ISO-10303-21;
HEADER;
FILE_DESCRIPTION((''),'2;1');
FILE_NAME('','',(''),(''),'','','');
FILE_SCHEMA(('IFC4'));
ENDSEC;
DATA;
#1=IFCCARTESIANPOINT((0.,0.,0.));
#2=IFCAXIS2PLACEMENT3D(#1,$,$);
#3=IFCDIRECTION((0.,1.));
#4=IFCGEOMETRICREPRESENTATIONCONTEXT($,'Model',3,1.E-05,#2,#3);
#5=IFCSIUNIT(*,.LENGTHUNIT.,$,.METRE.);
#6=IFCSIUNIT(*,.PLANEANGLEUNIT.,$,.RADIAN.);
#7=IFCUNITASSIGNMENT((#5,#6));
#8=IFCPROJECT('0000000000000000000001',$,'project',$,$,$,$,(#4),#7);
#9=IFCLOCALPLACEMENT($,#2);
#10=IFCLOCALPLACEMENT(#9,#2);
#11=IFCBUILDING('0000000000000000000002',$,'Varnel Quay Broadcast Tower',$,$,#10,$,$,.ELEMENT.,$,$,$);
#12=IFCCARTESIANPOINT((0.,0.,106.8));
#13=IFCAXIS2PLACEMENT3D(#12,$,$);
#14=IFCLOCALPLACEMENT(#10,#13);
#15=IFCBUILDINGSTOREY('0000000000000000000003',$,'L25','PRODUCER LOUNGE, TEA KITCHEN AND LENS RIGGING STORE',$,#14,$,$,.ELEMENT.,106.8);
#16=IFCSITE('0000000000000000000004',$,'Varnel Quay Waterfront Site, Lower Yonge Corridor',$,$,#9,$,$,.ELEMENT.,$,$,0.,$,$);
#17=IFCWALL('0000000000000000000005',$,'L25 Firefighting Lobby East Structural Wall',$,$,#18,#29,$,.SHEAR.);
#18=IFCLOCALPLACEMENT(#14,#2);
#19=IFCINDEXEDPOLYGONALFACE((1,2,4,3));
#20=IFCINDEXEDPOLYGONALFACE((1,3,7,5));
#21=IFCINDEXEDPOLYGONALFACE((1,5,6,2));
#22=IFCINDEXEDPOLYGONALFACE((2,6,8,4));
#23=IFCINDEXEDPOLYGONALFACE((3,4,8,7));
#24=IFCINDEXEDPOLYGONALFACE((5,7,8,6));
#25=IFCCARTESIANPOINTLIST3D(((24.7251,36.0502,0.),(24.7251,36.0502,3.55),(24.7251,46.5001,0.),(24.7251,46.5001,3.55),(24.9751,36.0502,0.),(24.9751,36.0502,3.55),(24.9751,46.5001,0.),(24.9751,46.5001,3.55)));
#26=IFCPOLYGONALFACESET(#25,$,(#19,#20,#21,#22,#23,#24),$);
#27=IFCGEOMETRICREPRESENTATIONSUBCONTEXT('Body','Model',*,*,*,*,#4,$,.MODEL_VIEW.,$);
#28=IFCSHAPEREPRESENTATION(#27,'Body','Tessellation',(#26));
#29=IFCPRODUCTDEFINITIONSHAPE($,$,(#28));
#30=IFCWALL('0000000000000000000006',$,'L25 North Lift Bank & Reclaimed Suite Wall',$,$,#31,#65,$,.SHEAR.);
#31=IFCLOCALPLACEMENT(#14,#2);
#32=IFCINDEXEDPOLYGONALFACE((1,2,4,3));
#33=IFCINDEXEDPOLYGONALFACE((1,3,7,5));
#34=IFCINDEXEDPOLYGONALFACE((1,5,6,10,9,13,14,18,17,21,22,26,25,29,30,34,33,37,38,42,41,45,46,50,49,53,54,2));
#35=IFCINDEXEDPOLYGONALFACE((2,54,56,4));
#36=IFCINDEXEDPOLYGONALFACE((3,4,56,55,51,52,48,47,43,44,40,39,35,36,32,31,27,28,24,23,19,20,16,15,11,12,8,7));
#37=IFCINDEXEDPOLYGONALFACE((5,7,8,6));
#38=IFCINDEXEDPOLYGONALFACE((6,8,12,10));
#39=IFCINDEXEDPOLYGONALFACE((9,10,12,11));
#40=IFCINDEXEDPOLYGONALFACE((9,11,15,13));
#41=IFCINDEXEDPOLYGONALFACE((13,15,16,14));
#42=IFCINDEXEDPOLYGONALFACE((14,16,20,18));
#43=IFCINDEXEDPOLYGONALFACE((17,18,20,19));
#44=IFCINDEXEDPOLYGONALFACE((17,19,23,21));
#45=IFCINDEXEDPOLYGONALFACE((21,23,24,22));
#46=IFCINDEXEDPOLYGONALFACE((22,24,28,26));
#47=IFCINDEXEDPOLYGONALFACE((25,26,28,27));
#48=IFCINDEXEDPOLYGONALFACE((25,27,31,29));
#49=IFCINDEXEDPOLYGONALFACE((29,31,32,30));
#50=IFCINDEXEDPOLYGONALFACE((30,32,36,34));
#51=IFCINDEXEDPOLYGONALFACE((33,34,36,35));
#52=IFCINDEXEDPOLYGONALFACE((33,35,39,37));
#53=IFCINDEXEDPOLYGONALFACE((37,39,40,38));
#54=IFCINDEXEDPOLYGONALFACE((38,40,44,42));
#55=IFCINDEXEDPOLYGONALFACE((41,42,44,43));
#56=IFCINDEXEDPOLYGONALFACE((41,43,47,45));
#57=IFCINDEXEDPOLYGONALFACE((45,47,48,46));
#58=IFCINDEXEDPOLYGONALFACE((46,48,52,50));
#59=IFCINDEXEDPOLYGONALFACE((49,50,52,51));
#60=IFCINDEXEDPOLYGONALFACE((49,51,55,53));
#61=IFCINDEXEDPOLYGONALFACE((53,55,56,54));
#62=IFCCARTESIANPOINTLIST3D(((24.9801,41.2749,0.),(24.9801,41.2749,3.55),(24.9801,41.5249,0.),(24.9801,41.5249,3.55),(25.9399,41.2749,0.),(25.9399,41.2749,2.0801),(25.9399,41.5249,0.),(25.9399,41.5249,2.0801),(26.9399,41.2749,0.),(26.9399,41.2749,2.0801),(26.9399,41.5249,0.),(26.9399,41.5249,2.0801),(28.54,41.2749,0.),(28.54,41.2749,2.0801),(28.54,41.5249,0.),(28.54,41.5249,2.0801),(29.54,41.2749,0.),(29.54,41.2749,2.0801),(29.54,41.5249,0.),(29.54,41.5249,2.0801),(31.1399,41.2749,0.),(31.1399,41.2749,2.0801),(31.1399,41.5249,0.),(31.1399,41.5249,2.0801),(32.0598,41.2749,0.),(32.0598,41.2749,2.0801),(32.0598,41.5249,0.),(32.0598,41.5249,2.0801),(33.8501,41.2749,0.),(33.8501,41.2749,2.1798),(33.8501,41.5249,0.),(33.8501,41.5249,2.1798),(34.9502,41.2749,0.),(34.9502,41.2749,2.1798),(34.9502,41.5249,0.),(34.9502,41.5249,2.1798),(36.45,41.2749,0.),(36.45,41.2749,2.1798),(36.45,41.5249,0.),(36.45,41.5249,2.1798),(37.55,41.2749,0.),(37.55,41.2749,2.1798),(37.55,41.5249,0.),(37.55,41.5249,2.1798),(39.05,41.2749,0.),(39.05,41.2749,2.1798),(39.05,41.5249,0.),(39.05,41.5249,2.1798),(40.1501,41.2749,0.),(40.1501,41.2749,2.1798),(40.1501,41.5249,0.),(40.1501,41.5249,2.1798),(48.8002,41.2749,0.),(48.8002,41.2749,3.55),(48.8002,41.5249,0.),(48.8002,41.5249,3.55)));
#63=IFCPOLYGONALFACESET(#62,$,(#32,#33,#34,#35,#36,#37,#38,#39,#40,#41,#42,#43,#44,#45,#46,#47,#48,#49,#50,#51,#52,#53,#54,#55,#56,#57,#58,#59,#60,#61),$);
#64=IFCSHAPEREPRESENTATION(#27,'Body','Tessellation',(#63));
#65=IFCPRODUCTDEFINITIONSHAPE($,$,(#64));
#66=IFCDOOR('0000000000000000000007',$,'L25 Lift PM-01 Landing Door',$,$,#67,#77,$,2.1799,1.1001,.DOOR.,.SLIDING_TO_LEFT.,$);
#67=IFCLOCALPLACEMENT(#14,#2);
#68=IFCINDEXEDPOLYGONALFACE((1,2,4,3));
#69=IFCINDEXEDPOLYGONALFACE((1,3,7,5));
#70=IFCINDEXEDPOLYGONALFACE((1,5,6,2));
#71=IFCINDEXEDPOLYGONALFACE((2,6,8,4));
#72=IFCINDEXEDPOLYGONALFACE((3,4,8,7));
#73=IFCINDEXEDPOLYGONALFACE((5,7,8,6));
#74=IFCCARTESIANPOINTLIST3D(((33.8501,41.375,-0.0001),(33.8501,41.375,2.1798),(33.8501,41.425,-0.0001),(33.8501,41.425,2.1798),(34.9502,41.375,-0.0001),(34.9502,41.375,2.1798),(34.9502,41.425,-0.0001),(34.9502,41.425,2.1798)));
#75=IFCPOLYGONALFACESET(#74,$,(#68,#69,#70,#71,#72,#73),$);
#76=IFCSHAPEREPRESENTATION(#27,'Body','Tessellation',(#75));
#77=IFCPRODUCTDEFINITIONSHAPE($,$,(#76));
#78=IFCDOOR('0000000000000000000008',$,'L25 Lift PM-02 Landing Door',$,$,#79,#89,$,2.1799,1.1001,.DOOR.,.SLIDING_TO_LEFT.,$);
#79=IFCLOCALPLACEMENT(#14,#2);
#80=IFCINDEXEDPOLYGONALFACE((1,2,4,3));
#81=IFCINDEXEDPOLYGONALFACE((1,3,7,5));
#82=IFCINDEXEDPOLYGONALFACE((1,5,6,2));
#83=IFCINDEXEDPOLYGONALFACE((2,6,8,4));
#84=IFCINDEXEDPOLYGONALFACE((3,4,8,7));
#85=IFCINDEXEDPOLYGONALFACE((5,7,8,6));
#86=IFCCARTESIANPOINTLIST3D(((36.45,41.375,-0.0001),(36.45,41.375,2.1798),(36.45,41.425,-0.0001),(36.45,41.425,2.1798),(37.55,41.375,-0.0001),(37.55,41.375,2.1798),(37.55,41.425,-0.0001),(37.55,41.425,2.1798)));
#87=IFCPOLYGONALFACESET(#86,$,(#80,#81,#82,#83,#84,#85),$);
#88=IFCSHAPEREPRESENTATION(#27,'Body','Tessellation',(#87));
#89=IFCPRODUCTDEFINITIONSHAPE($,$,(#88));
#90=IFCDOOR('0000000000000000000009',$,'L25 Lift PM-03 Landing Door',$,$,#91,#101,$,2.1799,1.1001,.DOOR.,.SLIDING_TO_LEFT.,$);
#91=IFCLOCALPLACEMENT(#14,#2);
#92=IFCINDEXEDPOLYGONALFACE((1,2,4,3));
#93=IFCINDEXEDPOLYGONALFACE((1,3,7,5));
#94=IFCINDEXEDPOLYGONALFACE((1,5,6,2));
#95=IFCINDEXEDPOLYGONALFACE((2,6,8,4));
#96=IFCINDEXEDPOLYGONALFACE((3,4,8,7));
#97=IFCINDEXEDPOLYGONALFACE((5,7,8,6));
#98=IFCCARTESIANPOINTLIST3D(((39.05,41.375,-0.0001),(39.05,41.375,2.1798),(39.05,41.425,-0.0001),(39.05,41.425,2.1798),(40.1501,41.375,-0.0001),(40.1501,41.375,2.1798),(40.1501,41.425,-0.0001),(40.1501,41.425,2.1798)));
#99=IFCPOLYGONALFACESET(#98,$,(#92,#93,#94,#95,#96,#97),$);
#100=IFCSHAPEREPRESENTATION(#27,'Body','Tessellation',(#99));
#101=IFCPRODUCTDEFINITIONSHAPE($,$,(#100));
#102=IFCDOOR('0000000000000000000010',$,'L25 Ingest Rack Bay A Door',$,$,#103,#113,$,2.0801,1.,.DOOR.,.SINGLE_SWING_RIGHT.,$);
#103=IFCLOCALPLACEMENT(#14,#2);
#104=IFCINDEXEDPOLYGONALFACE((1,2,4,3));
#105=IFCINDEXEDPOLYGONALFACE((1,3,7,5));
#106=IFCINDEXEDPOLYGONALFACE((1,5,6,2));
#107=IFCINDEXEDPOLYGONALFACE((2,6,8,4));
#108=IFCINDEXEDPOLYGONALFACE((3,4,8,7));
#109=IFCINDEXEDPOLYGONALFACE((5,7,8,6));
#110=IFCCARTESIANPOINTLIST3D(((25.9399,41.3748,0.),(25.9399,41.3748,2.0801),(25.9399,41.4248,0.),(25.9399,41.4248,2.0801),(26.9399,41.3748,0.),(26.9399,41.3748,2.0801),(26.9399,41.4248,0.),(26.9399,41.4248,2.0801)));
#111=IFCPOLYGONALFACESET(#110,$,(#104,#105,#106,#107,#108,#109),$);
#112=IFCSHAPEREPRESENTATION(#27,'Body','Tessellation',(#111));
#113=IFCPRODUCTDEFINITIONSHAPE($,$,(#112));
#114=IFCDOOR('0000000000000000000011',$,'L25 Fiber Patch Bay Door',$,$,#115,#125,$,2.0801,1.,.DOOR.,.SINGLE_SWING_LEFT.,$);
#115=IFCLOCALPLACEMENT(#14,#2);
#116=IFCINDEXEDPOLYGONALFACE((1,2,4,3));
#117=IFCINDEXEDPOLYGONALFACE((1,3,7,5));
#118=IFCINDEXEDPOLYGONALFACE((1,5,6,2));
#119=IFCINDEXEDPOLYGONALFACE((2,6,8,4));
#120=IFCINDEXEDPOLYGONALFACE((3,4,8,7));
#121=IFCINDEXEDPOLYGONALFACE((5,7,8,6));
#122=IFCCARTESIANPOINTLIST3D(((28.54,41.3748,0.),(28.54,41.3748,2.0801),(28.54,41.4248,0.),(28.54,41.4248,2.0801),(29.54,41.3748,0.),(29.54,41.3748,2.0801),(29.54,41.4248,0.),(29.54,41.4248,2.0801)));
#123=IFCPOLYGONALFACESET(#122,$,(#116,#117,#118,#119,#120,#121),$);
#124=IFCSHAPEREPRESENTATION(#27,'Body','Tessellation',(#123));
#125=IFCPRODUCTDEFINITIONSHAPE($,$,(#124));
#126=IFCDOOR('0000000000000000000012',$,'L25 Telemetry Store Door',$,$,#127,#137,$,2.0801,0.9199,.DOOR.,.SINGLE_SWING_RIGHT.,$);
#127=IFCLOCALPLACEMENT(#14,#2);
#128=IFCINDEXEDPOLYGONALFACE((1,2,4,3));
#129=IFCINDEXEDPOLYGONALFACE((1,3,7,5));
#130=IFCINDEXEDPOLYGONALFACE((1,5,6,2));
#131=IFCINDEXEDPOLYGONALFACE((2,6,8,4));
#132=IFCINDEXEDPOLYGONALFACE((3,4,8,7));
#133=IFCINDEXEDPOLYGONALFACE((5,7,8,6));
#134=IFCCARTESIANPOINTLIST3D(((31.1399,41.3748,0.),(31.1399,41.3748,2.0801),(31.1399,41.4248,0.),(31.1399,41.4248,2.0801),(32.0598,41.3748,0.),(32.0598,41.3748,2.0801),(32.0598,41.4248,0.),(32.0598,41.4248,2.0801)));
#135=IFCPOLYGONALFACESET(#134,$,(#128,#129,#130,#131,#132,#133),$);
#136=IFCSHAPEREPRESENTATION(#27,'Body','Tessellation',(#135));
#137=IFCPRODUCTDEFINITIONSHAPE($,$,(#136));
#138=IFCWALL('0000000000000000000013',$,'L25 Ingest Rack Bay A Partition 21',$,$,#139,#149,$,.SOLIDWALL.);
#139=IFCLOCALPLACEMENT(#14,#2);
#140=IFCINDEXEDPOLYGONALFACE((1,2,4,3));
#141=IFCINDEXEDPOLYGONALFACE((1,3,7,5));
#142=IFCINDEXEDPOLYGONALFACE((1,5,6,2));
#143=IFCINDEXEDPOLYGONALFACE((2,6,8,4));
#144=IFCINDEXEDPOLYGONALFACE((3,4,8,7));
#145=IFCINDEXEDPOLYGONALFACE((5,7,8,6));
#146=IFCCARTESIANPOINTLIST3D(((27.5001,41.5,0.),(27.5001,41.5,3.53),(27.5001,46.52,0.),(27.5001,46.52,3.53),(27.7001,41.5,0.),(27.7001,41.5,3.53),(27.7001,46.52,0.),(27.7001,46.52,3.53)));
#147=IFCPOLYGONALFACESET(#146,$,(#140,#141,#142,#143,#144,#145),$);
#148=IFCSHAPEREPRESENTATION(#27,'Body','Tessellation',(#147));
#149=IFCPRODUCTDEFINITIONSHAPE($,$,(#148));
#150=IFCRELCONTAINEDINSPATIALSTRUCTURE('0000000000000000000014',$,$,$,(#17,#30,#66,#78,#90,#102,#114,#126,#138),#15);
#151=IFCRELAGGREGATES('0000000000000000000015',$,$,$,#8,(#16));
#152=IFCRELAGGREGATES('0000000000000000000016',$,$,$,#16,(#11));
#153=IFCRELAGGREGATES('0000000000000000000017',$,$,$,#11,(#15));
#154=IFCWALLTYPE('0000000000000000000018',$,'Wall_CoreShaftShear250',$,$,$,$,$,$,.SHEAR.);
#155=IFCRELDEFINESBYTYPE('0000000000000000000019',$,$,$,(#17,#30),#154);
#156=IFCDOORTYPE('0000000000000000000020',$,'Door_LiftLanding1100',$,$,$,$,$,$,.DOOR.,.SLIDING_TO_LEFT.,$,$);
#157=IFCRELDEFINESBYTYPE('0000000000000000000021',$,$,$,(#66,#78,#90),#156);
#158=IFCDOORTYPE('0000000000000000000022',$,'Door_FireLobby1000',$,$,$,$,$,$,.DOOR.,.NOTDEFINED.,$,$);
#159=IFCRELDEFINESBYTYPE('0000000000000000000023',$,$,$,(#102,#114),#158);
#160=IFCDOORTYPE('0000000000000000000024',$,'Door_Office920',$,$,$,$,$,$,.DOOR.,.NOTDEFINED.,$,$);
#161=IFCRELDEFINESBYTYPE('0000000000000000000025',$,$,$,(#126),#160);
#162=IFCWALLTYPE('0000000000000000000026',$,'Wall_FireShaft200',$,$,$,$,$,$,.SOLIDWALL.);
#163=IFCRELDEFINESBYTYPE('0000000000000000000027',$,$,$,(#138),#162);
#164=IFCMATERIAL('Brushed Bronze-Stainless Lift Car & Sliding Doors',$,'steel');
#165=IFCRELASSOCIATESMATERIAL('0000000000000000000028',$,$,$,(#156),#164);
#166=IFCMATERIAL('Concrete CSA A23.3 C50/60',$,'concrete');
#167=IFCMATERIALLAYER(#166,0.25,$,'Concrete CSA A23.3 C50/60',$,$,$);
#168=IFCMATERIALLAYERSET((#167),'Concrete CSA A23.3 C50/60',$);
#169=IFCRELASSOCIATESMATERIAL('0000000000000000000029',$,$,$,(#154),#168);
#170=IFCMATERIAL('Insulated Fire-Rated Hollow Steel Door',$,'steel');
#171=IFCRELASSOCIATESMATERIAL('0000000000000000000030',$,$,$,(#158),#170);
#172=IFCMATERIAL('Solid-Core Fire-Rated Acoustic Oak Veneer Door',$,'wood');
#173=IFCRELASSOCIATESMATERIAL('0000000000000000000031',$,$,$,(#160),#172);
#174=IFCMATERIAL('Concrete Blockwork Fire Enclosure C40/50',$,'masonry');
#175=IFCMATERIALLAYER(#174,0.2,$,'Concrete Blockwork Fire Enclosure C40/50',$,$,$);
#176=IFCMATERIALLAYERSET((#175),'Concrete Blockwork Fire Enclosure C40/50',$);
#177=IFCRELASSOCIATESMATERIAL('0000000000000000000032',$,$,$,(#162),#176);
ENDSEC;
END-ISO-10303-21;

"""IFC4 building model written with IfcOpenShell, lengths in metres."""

from ifc_helpers import new_model, si_unit, direction, frame, frame_2d, origin, place, context, subcontext, project, spatial, rectangle, extrude, source, transform, mapped, material, layer, layer_set, type_object, type_shapes, element, fill, save


model = new_model("IFC4")

# Units and contexts
model_context = context("Model", 3, precision=1e-05, world=origin(), true_north=direction((0.0, 1.0)))
body_context = subcontext(model_context, "Body", "Model", "MODEL_VIEW")
ifc_project = project(units=[si_unit("LENGTHUNIT", "METRE"), si_unit("PLANEANGLEUNIT", "RADIAN")], contexts=[model_context])

# Site, building, storey
site_placement = place(None, origin())
site = spatial("IfcSite", under=ifc_project, at=site_placement, Name="Varnel Quay Waterfront Site, Lower Yonge Corridor", CompositionType="ELEMENT", RefElevation=0.0)
building_placement = place(site_placement, origin())
building = spatial("IfcBuilding", under=site, at=building_placement, Name="Varnel Quay Broadcast Tower", CompositionType="ELEMENT")
storey_placement = place(building_placement, frame((0.0, 0.0, 106.8)))
storey = spatial("IfcBuildingStorey", under=building, at=storey_placement, Name="L25", Description="PRODUCER LOUNGE, TEA KITCHEN AND LENS RIGGING STORE", CompositionType="ELEMENT", Elevation=106.8)

# Shared definitions
ifc_material_1 = material(Name="Concrete CSA A23.3 C50/60", Category="concrete")
ifc_material_2 = material(Name="Insulated Fire-Rated Hollow Steel Door", Category="steel")

# Shared definitions
ifc_material_3 = material(Name="Brushed Bronze-Stainless Lift Car & Sliding Doors", Category="steel")
door_type_1 = type_object("IfcDoorType", Name="Door_LiftLanding1100", OperationType="SLIDING_TO_LEFT", PredefinedType="DOOR", material=ifc_material_3)
shared_shape_1 = source(origin(), body_context, "Body", "SweptSolid", [
    extrude(rectangle(XDim=1.1001, YDim=2.1799, at=frame_2d((0.55, 1.0898))), frame((0.0, 0.0249, 0.0), z_axis=(0.0, -1.0, 0.0), x_axis=(1.0, 0.0, 0.0)), (0.0, 0.0, 1.0), 0.05),
])
type_shapes(door_type_1, [shared_shape_1])

# Wall
ifc_layer_1 = layer(ifc_material_1, 0.25, Name="Concrete CSA A23.3 C50/60")
ifc_layer_set_1 = layer_set([ifc_layer_1], Name="Concrete CSA A23.3 C50/60")
wall_type_1 = type_object("IfcWallType", Name="Wall_CoreShaftShear250", PredefinedType="SHEAR", material=ifc_layer_set_1)
wall_1_placement = place(storey_placement, frame((24.8501, 36.05, 0.0), z_axis=(0.0, 0.0, 1.0), x_axis=(0.0, 1.0, 0.0)))
element("IfcWall", 1, at=wall_1_placement, inside=storey, type_object=wall_type_1, Name="L25 Firefighting Lobby East Structural Wall", PredefinedType="SHEAR", context=body_context, shape_type="SweptSolid", body=[
    extrude(rectangle(XDim=10.45, YDim=0.25, at=frame_2d((5.2251, 0.0))), origin(), (0.0, 0.0, 1.0), 3.55),
])

# Wall, openings, doors
wall_2_placement = place(storey_placement, frame((24.98, 41.3999, 0.0), z_axis=(0.0, 0.0, 1.0), x_axis=(1.0, 0.0, 0.0)))
wall_2 = element("IfcWall", 2, at=wall_2_placement, inside=storey, type_object=wall_type_1, Name="L25 North Lift Bank & Reclaimed Suite Wall", PredefinedType="SHEAR", context=body_context, shape_type="SweptSolid", body=[
    extrude(rectangle(XDim=23.8201, YDim=0.25, at=frame_2d((11.9102, 0.0))), origin(), (0.0, 0.0, 1.0), 3.55),
])
opening_1_placement = place(wall_2_placement, frame((8.8701, 0.0, 0.0)))
opening_1 = element("IfcOpeningElement", 3, at=opening_1_placement, cuts=wall_2, PredefinedType="OPENING", context=body_context, shape_type="SweptSolid", body=[
    extrude(rectangle(XDim=1.1001, YDim=2.1799, at=frame_2d((0.55, 1.0898))), frame((0.0, 0.135, 0.0), z_axis=(0.0, -1.0, 0.0), x_axis=(1.0, 0.0, 0.0)), (0.0, 0.0, 1.0), 0.27),
])
opening_2_placement = place(wall_2_placement, frame((11.47, 0.0, 0.0)))
opening_2 = element("IfcOpeningElement", 4, at=opening_2_placement, cuts=wall_2, PredefinedType="OPENING", context=body_context, shape_type="SweptSolid", body=[
    extrude(rectangle(XDim=1.1001, YDim=2.1799, at=frame_2d((0.55, 1.0898))), frame((0.0, 0.135, 0.0), z_axis=(0.0, -1.0, 0.0), x_axis=(1.0, 0.0, 0.0)), (0.0, 0.0, 1.0), 0.27),
])
opening_3_placement = place(wall_2_placement, frame((14.0701, 0.0, 0.0)))
opening_3 = element("IfcOpeningElement", 5, at=opening_3_placement, cuts=wall_2, PredefinedType="OPENING", context=body_context, shape_type="SweptSolid", body=[
    extrude(rectangle(XDim=1.1001, YDim=2.1799, at=frame_2d((0.55, 1.0898))), frame((0.0, 0.135, 0.0), z_axis=(0.0, -1.0, 0.0), x_axis=(1.0, 0.0, 0.0)), (0.0, 0.0, 1.0), 0.27),
])
opening_4_placement = place(wall_2_placement, frame((0.96, 0.0, 0.0)))
opening_4 = element("IfcOpeningElement", 6, at=opening_4_placement, cuts=wall_2, PredefinedType="OPENING", context=body_context, shape_type="SweptSolid", body=[
    extrude(rectangle(XDim=1.0, YDim=2.0801, at=frame_2d((0.5, 1.04))), frame((0.0, 0.135, 0.0), z_axis=(0.0, -1.0, 0.0), x_axis=(1.0, 0.0, 0.0)), (0.0, 0.0, 1.0), 0.27),
])
opening_5_placement = place(wall_2_placement, frame((3.5601, 0.0, 0.0)))
opening_5 = element("IfcOpeningElement", 7, at=opening_5_placement, cuts=wall_2, PredefinedType="OPENING", context=body_context, shape_type="SweptSolid", body=[
    extrude(rectangle(XDim=1.0, YDim=2.0801, at=frame_2d((0.5, 1.04))), frame((0.0, 0.135, 0.0), z_axis=(0.0, -1.0, 0.0), x_axis=(1.0, 0.0, 0.0)), (0.0, 0.0, 1.0), 0.27),
])
opening_6_placement = place(wall_2_placement, frame((6.1599, 0.0, 0.0)))
opening_6 = element("IfcOpeningElement", 8, at=opening_6_placement, cuts=wall_2, PredefinedType="OPENING", context=body_context, shape_type="SweptSolid", body=[
    extrude(rectangle(XDim=0.9199, YDim=2.0801, at=frame_2d((0.46, 1.04))), frame((0.0, 0.135, 0.0), z_axis=(0.0, -1.0, 0.0), x_axis=(1.0, 0.0, 0.0)), (0.0, 0.0, 1.0), 0.27),
])
door_1_placement = place(opening_1_placement, frame((1.1001, 0.0, 0.0), z_axis=(0.0, 0.0, 1.0), x_axis=(-1.0, 0.0, 0.0)))
door_1 = element("IfcDoor", 9, at=door_1_placement, inside=storey, type_object=door_type_1, Name="L25 Lift PM-01 Landing Door", OperationType="SLIDING_TO_LEFT", OverallHeight=2.1799, OverallWidth=1.1001, PredefinedType="DOOR", context=body_context, shape_type="MappedRepresentation", body=[
    mapped(shared_shape_1, transform((0.0, 0.0, 0.0), x_axis=(1.0, 0.0, 0.0), y_axis=(0.0, 1.0, 0.0), z_axis=(0.0, 0.0, 1.0), scale=1.0)),
])
fill(opening_1, door_1)
door_2_placement = place(opening_2_placement, frame((1.1001, 0.0, 0.0), z_axis=(0.0, 0.0, 1.0), x_axis=(-1.0, 0.0, 0.0)))
door_2 = element("IfcDoor", 10, at=door_2_placement, inside=storey, type_object=door_type_1, Name="L25 Lift PM-02 Landing Door", OperationType="SLIDING_TO_LEFT", OverallHeight=2.1799, OverallWidth=1.1001, PredefinedType="DOOR", context=body_context, shape_type="MappedRepresentation", body=[
    mapped(shared_shape_1, transform((0.0, 0.0, 0.0), x_axis=(1.0, 0.0, 0.0), y_axis=(0.0, 1.0, 0.0), z_axis=(0.0, 0.0, 1.0), scale=1.0)),
])
fill(opening_2, door_2)
door_3_placement = place(opening_3_placement, frame((1.1001, 0.0, 0.0), z_axis=(0.0, 0.0, 1.0), x_axis=(-1.0, 0.0, 0.0)))
door_3 = element("IfcDoor", 11, at=door_3_placement, inside=storey, type_object=door_type_1, Name="L25 Lift PM-03 Landing Door", OperationType="SLIDING_TO_LEFT", OverallHeight=2.1799, OverallWidth=1.1001, PredefinedType="DOOR", context=body_context, shape_type="MappedRepresentation", body=[
    mapped(shared_shape_1, transform((0.0, 0.0, 0.0), x_axis=(1.0, 0.0, 0.0), y_axis=(0.0, 1.0, 0.0), z_axis=(0.0, 0.0, 1.0), scale=1.0)),
])
fill(opening_3, door_3)
door_type_2 = type_object("IfcDoorType", Name="Door_FireLobby1000", OperationType="NOTDEFINED", PredefinedType="DOOR", material=ifc_material_2)
shared_shape_2 = source(origin(), body_context, "Body", "SweptSolid", [
    extrude(rectangle(XDim=1.0, YDim=2.0801, at=frame_2d((0.5, 1.04))), frame((0.0, 0.0249, 0.0), z_axis=(0.0, -1.0, 0.0), x_axis=(1.0, 0.0, 0.0)), (0.0, 0.0, 1.0), 0.05),
])
type_shapes(door_type_2, [shared_shape_2])
door_4_placement = place(opening_4_placement, origin())
door_4 = element("IfcDoor", 12, at=door_4_placement, inside=storey, type_object=door_type_2, Name="L25 Ingest Rack Bay A Door", OperationType="SINGLE_SWING_RIGHT", OverallHeight=2.0801, OverallWidth=1.0, PredefinedType="DOOR", context=body_context, shape_type="MappedRepresentation", body=[
    mapped(shared_shape_2, transform((0.0, 0.0, 0.0), x_axis=(1.0, 0.0, 0.0), y_axis=(0.0, 1.0, 0.0), z_axis=(0.0, 0.0, 1.0), scale=1.0)),
])
fill(opening_4, door_4)
door_5_placement = place(opening_5_placement, origin())
door_5 = element("IfcDoor", 13, at=door_5_placement, inside=storey, type_object=door_type_2, Name="L25 Fiber Patch Bay Door", OperationType="SINGLE_SWING_LEFT", OverallHeight=2.0801, OverallWidth=1.0, PredefinedType="DOOR", context=body_context, shape_type="MappedRepresentation", body=[
    mapped(shared_shape_2, transform((0.0, 0.0, 0.0), x_axis=(1.0, 0.0, 0.0), y_axis=(0.0, 1.0, 0.0), z_axis=(0.0, 0.0, 1.0), scale=1.0)),
])
fill(opening_5, door_5)
ifc_material_4 = material(Name="Solid-Core Fire-Rated Acoustic Oak Veneer Door", Category="wood")
door_type_3 = type_object("IfcDoorType", Name="Door_Office920", OperationType="NOTDEFINED", PredefinedType="DOOR", material=ifc_material_4)
shared_shape_3 = source(origin(), body_context, "Body", "SweptSolid", [
    extrude(rectangle(XDim=0.9199, YDim=2.0801, at=frame_2d((0.46, 1.04))), frame((0.0, 0.0249, 0.0), z_axis=(0.0, -1.0, 0.0), x_axis=(1.0, 0.0, 0.0)), (0.0, 0.0, 1.0), 0.05),
])
type_shapes(door_type_3, [shared_shape_3])
door_6_placement = place(opening_6_placement, origin())
door_6 = element("IfcDoor", 14, at=door_6_placement, inside=storey, type_object=door_type_3, Name="L25 Telemetry Store Door", OperationType="SINGLE_SWING_RIGHT", OverallHeight=2.0801, OverallWidth=0.9199, PredefinedType="DOOR", context=body_context, shape_type="MappedRepresentation", body=[
    mapped(shared_shape_3, transform((0.0, 0.0, 0.0), x_axis=(1.0, 0.0, 0.0), y_axis=(0.0, 1.0, 0.0), z_axis=(0.0, 0.0, 1.0), scale=1.0)),
])
fill(opening_6, door_6)

# Wall
ifc_material_5 = material(Name="Concrete Blockwork Fire Enclosure C40/50", Category="masonry")
ifc_layer_2 = layer(ifc_material_5, 0.2, Name="Concrete Blockwork Fire Enclosure C40/50")
ifc_layer_set_2 = layer_set([ifc_layer_2], Name="Concrete Blockwork Fire Enclosure C40/50")
wall_type_2 = type_object("IfcWallType", Name="Wall_FireShaft200", PredefinedType="SOLIDWALL", material=ifc_layer_set_2)
wall_3_placement = place(storey_placement, frame((27.6001, 41.5, 0.0), z_axis=(0.0, 0.0, 1.0), x_axis=(0.0, 1.0, 0.0)))
element("IfcWall", 15, at=wall_3_placement, inside=storey, type_object=wall_type_2, Name="L25 Ingest Rack Bay A Partition 21", PredefinedType="SOLIDWALL", context=body_context, shape_type="SweptSolid", body=[
    extrude(rectangle(XDim=5.02, YDim=0.2, at=frame_2d((2.51, 0.0))), origin(), (0.0, 0.0, 1.0), 3.53),
])

save(model, "model.ifc")
